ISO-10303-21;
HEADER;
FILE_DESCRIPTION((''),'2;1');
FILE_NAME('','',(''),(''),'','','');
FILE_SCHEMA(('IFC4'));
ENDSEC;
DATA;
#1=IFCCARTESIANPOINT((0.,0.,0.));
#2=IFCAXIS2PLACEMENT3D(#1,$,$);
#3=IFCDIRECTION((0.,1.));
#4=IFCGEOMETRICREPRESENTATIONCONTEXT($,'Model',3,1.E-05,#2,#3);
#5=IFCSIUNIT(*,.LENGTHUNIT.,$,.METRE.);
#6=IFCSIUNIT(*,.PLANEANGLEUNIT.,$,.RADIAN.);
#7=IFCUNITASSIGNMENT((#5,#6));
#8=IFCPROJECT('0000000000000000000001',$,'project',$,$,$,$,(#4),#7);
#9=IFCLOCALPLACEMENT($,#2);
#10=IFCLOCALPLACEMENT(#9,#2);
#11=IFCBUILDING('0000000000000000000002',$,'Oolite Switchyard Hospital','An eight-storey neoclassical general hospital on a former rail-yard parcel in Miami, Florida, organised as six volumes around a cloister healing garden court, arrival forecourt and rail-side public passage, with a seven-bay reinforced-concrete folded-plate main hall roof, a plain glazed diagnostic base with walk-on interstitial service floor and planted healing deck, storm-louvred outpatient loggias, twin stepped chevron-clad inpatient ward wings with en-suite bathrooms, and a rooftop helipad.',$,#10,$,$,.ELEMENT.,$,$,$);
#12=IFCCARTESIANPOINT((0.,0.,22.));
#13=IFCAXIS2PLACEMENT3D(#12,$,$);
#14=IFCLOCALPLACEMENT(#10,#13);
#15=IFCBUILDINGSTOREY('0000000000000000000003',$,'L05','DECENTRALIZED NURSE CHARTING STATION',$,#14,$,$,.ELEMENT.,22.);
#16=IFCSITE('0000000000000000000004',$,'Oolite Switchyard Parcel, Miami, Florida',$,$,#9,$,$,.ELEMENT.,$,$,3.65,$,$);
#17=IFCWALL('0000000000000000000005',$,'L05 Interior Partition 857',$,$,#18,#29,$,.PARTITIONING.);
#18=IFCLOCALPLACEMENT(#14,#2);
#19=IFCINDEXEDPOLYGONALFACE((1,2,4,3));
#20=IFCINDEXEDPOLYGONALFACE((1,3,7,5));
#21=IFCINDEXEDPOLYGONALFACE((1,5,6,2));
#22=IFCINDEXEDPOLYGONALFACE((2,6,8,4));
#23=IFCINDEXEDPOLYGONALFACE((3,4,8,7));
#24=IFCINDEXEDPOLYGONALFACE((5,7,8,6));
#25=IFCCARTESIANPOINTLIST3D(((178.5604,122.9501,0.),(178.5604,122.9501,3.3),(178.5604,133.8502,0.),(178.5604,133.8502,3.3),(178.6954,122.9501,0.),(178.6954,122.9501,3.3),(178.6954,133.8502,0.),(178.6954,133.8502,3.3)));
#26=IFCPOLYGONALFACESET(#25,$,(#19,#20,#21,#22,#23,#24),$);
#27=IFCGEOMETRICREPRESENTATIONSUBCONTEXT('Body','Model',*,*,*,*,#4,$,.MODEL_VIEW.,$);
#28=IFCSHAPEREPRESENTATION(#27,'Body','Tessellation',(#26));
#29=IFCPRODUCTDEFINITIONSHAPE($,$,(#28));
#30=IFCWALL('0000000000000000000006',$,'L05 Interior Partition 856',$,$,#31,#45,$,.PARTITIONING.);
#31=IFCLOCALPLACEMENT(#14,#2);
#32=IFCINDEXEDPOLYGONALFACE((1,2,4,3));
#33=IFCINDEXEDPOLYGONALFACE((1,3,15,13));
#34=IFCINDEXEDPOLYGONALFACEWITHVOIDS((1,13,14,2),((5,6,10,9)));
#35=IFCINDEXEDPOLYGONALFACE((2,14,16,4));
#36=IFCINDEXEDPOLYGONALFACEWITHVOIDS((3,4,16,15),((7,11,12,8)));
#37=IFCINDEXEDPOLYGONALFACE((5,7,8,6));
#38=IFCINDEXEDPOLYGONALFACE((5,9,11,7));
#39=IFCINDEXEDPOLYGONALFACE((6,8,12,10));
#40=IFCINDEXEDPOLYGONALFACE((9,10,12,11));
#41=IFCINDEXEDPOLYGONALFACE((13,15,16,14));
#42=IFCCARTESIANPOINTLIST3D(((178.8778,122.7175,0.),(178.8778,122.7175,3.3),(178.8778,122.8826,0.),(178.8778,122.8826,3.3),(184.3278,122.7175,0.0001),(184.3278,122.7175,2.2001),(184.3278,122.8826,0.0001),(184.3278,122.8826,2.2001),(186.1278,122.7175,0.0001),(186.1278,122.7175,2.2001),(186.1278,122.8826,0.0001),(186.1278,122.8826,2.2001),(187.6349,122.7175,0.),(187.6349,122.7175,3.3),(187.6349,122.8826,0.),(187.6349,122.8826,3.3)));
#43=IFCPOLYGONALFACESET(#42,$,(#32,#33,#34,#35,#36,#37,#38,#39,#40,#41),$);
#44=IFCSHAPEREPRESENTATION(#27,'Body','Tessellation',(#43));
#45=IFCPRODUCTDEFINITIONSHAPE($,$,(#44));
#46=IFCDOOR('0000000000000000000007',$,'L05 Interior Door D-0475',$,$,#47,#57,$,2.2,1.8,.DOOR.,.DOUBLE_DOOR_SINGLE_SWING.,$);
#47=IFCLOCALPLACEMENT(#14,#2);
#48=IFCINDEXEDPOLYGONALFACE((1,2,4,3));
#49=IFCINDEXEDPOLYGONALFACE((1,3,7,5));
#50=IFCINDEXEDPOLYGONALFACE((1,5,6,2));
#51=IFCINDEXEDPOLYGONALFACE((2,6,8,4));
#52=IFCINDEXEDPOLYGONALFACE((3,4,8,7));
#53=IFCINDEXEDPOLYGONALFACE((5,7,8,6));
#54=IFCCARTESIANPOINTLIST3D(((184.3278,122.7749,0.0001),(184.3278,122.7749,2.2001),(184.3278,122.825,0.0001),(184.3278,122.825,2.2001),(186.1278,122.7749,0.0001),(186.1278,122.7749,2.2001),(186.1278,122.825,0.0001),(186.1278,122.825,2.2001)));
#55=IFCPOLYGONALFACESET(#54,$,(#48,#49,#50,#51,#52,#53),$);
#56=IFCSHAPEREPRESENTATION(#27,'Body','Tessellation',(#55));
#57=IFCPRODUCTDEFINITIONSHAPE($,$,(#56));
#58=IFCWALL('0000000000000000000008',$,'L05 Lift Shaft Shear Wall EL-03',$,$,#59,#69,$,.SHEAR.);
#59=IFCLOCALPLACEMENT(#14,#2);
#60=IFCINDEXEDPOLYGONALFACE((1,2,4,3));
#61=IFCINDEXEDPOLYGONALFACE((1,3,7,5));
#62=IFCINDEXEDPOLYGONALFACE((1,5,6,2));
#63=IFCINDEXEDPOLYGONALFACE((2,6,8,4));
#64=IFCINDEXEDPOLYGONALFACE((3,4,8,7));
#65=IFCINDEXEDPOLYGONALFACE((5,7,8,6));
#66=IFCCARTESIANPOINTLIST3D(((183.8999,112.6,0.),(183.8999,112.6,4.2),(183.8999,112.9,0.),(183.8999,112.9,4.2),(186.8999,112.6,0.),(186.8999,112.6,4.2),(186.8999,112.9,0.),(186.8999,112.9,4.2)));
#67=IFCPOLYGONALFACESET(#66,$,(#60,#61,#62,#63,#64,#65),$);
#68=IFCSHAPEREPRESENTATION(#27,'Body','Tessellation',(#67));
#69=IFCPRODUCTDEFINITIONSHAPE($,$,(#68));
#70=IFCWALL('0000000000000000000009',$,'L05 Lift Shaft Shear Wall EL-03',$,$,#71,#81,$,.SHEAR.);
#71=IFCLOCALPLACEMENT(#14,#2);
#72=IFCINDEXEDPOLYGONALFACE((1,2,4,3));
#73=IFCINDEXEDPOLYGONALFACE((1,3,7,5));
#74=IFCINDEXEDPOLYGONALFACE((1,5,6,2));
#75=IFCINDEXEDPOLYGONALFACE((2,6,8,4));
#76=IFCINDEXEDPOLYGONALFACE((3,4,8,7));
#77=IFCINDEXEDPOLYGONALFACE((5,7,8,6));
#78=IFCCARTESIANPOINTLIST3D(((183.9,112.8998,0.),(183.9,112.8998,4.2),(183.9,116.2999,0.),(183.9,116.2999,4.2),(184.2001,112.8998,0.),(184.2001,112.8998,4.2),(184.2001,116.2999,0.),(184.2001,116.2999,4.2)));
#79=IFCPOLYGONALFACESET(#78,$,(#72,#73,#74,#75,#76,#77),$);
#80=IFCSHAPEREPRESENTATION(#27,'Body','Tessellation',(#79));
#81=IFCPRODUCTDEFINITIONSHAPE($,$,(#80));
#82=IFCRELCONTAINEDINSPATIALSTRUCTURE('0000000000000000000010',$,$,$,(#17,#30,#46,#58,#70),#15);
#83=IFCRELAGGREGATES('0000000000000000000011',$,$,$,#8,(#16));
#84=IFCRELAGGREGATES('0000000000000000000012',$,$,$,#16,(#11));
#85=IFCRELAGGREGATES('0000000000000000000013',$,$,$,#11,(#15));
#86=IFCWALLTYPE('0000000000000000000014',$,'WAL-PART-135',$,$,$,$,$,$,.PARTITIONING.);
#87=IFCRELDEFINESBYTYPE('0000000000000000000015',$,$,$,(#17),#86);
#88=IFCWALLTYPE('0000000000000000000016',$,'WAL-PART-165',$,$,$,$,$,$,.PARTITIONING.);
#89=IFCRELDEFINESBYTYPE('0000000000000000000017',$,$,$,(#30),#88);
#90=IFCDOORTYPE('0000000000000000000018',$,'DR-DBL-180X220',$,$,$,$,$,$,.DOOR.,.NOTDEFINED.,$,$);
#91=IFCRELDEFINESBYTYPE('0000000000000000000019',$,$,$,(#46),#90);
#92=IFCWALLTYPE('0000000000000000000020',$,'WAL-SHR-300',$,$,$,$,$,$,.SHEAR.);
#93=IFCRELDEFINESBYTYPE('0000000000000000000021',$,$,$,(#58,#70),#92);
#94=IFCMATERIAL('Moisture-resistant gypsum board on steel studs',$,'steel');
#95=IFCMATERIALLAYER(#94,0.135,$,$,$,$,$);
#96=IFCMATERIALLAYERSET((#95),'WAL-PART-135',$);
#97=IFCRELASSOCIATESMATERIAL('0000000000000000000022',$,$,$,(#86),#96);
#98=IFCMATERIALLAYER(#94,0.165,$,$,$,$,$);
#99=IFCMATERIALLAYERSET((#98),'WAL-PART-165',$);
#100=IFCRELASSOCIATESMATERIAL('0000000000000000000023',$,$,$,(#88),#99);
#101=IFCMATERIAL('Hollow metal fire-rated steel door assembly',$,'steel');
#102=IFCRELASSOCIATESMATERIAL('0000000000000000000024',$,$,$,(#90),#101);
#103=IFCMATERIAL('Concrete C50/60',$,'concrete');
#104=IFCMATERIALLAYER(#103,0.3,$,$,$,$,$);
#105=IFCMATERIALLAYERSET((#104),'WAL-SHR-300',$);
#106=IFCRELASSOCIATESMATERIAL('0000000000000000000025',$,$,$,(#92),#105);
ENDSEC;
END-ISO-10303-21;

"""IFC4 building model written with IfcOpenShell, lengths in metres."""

from ifc_helpers import new_model, si_unit, direction, frame, frame_2d, origin, place, context, subcontext, project, spatial, rectangle, extrude, material, layer, layer_set, type_object, element, fill, save


model = new_model("IFC4")

# Units and contexts
model_context = context("Model", 3, precision=1e-05, world=origin(), true_north=direction((0.0, 1.0)))
body_context = subcontext(model_context, "Body", "Model", "MODEL_VIEW")
ifc_project = project(units=[si_unit("LENGTHUNIT", "METRE"), si_unit("PLANEANGLEUNIT", "RADIAN")], contexts=[model_context])

# Site, building, storey
site_placement = place(None, origin())
site = spatial("IfcSite", under=ifc_project, at=site_placement, Name="Oolite Switchyard Parcel, Miami, Florida", CompositionType="ELEMENT", RefElevation=3.65)
building_placement = place(site_placement, origin())
building = spatial("IfcBuilding", under=site, at=building_placement, Name="Oolite Switchyard Hospital", Description="An eight-storey neoclassical general hospital on a former rail-yard parcel in Miami, Florida, organised as six volumes around a cloister healing garden court, arrival forecourt and rail-side public passage, with a seven-bay reinforced-concrete folded-plate main hall roof, a plain glazed diagnostic base with walk-on interstitial service floor and planted healing deck, storm-louvred outpatient loggias, twin stepped chevron-clad inpatient ward wings with en-suite bathrooms, and a rooftop helipad.", CompositionType="ELEMENT")
storey_placement = place(building_placement, frame((0.0, 0.0, 22.0)))
storey = spatial("IfcBuildingStorey", under=building, at=storey_placement, Name="L05", Description="DECENTRALIZED NURSE CHARTING STATION", CompositionType="ELEMENT", Elevation=22.0)

# Shared definitions
ifc_material_1 = material(Name="Concrete C50/60", Category="concrete")

# Wall
ifc_material_2 = material(Name="Moisture-resistant gypsum board on steel studs", Category="steel")
ifc_layer_1 = layer(ifc_material_2, 0.135)
ifc_layer_set_1 = layer_set([ifc_layer_1], Name="WAL-PART-135")
wall_type_1 = type_object("IfcWallType", Name="WAL-PART-135", PredefinedType="PARTITIONING", material=ifc_layer_set_1)
wall_1_placement = place(storey_placement, frame((178.6279, 122.95, 0.0), z_axis=(0.0, 0.0, 1.0), x_axis=(0.0, 1.0, 0.0)))
element("IfcWall", 1, at=wall_1_placement, inside=storey, type_object=wall_type_1, Name="L05 Interior Partition 857", PredefinedType="PARTITIONING", context=body_context, shape_type="SweptSolid", body=[
    extrude(rectangle(XDim=10.9001, YDim=0.135, at=frame_2d((5.4502, 0.0))), origin(), (0.0, 0.0, 1.0), 3.3),
])

# Wall, opening, door
ifc_layer_2 = layer(ifc_material_2, 0.165)
ifc_layer_set_2 = layer_set([ifc_layer_2], Name="WAL-PART-165")
wall_type_2 = type_object("IfcWallType", Name="WAL-PART-165", PredefinedType="PARTITIONING", material=ifc_layer_set_2)
wall_2_placement = place(storey_placement, frame((178.8779, 122.8, 0.0), z_axis=(0.0, 0.0, 1.0), x_axis=(1.0, 0.0, 0.0)))
wall_2 = element("IfcWall", 2, at=wall_2_placement, inside=storey, type_object=wall_type_2, Name="L05 Interior Partition 856", PredefinedType="PARTITIONING", context=body_context, shape_type="SweptSolid", body=[
    extrude(rectangle(XDim=8.7571, YDim=0.165, at=frame_2d((4.3784, 0.0))), origin(), (0.0, 0.0, 1.0), 3.3),
])
opening_placement = place(wall_2_placement, frame((5.45, 0.0, 0.0)))
opening = element("IfcOpeningElement", 3, at=opening_placement, cuts=wall_2, PredefinedType="OPENING", context=body_context, shape_type="SweptSolid", body=[
    extrude(rectangle(XDim=1.8, YDim=2.2, at=frame_2d((0.8999, 1.1001))), frame((0.0, 0.0925, 0.0), z_axis=(0.0, -1.0, 0.0), x_axis=(1.0, 0.0, 0.0)), (0.0, 0.0, 1.0), 0.1851),
])
ifc_material_3 = material(Name="Hollow metal fire-rated steel door assembly", Category="steel")
door_type = type_object("IfcDoorType", Name="DR-DBL-180X220", OperationType="NOTDEFINED", PredefinedType="DOOR", material=ifc_material_3)
door_placement = place(opening_placement, origin())
door = element("IfcDoor", 4, at=door_placement, inside=storey, type_object=door_type, Name="L05 Interior Door D-0475", OperationType="DOUBLE_DOOR_SINGLE_SWING", OverallHeight=2.2, OverallWidth=1.8, PredefinedType="DOOR", context=body_context, shape_type="SweptSolid", body=[
    extrude(rectangle(XDim=1.8, YDim=2.2, at=frame_2d((0.8999, 1.1001))), frame((0.0, 0.0249, 0.0), z_axis=(0.0, -1.0, 0.0), x_axis=(1.0, 0.0, 0.0)), (0.0, 0.0, 1.0), 0.05),
])
fill(opening, door)

# Walls
ifc_layer_3 = layer(ifc_material_1, 0.3)
ifc_layer_set_3 = layer_set([ifc_layer_3], Name="WAL-SHR-300")
wall_type_3 = type_object("IfcWallType", Name="WAL-SHR-300", PredefinedType="SHEAR", material=ifc_layer_set_3)
wall_3_placement = place(storey_placement, frame((183.8999, 112.75, 0.0), z_axis=(0.0, 0.0, 1.0), x_axis=(1.0, 0.0, 0.0)))
element("IfcWall", 5, at=wall_3_placement, inside=storey, type_object=wall_type_3, Name="L05 Lift Shaft Shear Wall EL-03", PredefinedType="SHEAR", context=body_context, shape_type="SweptSolid", body=[
    extrude(rectangle(XDim=3.0, YDim=0.3, at=frame_2d((1.5, 0.0))), origin(), (0.0, 0.0, 1.0), 4.2),
])
wall_4_placement = place(storey_placement, frame((184.05, 116.3, 0.0), z_axis=(0.0, 0.0, 1.0), x_axis=(0.0, -1.0, 0.0)))
element("IfcWall", 6, at=wall_4_placement, inside=storey, type_object=wall_type_3, Name="L05 Lift Shaft Shear Wall EL-03", PredefinedType="SHEAR", context=body_context, shape_type="SweptSolid", body=[
    extrude(rectangle(XDim=3.4001, YDim=0.3, at=frame_2d((1.7002, 0.0))), origin(), (0.0, 0.0, 1.0), 4.2),
])

save(model, "model.ifc")
